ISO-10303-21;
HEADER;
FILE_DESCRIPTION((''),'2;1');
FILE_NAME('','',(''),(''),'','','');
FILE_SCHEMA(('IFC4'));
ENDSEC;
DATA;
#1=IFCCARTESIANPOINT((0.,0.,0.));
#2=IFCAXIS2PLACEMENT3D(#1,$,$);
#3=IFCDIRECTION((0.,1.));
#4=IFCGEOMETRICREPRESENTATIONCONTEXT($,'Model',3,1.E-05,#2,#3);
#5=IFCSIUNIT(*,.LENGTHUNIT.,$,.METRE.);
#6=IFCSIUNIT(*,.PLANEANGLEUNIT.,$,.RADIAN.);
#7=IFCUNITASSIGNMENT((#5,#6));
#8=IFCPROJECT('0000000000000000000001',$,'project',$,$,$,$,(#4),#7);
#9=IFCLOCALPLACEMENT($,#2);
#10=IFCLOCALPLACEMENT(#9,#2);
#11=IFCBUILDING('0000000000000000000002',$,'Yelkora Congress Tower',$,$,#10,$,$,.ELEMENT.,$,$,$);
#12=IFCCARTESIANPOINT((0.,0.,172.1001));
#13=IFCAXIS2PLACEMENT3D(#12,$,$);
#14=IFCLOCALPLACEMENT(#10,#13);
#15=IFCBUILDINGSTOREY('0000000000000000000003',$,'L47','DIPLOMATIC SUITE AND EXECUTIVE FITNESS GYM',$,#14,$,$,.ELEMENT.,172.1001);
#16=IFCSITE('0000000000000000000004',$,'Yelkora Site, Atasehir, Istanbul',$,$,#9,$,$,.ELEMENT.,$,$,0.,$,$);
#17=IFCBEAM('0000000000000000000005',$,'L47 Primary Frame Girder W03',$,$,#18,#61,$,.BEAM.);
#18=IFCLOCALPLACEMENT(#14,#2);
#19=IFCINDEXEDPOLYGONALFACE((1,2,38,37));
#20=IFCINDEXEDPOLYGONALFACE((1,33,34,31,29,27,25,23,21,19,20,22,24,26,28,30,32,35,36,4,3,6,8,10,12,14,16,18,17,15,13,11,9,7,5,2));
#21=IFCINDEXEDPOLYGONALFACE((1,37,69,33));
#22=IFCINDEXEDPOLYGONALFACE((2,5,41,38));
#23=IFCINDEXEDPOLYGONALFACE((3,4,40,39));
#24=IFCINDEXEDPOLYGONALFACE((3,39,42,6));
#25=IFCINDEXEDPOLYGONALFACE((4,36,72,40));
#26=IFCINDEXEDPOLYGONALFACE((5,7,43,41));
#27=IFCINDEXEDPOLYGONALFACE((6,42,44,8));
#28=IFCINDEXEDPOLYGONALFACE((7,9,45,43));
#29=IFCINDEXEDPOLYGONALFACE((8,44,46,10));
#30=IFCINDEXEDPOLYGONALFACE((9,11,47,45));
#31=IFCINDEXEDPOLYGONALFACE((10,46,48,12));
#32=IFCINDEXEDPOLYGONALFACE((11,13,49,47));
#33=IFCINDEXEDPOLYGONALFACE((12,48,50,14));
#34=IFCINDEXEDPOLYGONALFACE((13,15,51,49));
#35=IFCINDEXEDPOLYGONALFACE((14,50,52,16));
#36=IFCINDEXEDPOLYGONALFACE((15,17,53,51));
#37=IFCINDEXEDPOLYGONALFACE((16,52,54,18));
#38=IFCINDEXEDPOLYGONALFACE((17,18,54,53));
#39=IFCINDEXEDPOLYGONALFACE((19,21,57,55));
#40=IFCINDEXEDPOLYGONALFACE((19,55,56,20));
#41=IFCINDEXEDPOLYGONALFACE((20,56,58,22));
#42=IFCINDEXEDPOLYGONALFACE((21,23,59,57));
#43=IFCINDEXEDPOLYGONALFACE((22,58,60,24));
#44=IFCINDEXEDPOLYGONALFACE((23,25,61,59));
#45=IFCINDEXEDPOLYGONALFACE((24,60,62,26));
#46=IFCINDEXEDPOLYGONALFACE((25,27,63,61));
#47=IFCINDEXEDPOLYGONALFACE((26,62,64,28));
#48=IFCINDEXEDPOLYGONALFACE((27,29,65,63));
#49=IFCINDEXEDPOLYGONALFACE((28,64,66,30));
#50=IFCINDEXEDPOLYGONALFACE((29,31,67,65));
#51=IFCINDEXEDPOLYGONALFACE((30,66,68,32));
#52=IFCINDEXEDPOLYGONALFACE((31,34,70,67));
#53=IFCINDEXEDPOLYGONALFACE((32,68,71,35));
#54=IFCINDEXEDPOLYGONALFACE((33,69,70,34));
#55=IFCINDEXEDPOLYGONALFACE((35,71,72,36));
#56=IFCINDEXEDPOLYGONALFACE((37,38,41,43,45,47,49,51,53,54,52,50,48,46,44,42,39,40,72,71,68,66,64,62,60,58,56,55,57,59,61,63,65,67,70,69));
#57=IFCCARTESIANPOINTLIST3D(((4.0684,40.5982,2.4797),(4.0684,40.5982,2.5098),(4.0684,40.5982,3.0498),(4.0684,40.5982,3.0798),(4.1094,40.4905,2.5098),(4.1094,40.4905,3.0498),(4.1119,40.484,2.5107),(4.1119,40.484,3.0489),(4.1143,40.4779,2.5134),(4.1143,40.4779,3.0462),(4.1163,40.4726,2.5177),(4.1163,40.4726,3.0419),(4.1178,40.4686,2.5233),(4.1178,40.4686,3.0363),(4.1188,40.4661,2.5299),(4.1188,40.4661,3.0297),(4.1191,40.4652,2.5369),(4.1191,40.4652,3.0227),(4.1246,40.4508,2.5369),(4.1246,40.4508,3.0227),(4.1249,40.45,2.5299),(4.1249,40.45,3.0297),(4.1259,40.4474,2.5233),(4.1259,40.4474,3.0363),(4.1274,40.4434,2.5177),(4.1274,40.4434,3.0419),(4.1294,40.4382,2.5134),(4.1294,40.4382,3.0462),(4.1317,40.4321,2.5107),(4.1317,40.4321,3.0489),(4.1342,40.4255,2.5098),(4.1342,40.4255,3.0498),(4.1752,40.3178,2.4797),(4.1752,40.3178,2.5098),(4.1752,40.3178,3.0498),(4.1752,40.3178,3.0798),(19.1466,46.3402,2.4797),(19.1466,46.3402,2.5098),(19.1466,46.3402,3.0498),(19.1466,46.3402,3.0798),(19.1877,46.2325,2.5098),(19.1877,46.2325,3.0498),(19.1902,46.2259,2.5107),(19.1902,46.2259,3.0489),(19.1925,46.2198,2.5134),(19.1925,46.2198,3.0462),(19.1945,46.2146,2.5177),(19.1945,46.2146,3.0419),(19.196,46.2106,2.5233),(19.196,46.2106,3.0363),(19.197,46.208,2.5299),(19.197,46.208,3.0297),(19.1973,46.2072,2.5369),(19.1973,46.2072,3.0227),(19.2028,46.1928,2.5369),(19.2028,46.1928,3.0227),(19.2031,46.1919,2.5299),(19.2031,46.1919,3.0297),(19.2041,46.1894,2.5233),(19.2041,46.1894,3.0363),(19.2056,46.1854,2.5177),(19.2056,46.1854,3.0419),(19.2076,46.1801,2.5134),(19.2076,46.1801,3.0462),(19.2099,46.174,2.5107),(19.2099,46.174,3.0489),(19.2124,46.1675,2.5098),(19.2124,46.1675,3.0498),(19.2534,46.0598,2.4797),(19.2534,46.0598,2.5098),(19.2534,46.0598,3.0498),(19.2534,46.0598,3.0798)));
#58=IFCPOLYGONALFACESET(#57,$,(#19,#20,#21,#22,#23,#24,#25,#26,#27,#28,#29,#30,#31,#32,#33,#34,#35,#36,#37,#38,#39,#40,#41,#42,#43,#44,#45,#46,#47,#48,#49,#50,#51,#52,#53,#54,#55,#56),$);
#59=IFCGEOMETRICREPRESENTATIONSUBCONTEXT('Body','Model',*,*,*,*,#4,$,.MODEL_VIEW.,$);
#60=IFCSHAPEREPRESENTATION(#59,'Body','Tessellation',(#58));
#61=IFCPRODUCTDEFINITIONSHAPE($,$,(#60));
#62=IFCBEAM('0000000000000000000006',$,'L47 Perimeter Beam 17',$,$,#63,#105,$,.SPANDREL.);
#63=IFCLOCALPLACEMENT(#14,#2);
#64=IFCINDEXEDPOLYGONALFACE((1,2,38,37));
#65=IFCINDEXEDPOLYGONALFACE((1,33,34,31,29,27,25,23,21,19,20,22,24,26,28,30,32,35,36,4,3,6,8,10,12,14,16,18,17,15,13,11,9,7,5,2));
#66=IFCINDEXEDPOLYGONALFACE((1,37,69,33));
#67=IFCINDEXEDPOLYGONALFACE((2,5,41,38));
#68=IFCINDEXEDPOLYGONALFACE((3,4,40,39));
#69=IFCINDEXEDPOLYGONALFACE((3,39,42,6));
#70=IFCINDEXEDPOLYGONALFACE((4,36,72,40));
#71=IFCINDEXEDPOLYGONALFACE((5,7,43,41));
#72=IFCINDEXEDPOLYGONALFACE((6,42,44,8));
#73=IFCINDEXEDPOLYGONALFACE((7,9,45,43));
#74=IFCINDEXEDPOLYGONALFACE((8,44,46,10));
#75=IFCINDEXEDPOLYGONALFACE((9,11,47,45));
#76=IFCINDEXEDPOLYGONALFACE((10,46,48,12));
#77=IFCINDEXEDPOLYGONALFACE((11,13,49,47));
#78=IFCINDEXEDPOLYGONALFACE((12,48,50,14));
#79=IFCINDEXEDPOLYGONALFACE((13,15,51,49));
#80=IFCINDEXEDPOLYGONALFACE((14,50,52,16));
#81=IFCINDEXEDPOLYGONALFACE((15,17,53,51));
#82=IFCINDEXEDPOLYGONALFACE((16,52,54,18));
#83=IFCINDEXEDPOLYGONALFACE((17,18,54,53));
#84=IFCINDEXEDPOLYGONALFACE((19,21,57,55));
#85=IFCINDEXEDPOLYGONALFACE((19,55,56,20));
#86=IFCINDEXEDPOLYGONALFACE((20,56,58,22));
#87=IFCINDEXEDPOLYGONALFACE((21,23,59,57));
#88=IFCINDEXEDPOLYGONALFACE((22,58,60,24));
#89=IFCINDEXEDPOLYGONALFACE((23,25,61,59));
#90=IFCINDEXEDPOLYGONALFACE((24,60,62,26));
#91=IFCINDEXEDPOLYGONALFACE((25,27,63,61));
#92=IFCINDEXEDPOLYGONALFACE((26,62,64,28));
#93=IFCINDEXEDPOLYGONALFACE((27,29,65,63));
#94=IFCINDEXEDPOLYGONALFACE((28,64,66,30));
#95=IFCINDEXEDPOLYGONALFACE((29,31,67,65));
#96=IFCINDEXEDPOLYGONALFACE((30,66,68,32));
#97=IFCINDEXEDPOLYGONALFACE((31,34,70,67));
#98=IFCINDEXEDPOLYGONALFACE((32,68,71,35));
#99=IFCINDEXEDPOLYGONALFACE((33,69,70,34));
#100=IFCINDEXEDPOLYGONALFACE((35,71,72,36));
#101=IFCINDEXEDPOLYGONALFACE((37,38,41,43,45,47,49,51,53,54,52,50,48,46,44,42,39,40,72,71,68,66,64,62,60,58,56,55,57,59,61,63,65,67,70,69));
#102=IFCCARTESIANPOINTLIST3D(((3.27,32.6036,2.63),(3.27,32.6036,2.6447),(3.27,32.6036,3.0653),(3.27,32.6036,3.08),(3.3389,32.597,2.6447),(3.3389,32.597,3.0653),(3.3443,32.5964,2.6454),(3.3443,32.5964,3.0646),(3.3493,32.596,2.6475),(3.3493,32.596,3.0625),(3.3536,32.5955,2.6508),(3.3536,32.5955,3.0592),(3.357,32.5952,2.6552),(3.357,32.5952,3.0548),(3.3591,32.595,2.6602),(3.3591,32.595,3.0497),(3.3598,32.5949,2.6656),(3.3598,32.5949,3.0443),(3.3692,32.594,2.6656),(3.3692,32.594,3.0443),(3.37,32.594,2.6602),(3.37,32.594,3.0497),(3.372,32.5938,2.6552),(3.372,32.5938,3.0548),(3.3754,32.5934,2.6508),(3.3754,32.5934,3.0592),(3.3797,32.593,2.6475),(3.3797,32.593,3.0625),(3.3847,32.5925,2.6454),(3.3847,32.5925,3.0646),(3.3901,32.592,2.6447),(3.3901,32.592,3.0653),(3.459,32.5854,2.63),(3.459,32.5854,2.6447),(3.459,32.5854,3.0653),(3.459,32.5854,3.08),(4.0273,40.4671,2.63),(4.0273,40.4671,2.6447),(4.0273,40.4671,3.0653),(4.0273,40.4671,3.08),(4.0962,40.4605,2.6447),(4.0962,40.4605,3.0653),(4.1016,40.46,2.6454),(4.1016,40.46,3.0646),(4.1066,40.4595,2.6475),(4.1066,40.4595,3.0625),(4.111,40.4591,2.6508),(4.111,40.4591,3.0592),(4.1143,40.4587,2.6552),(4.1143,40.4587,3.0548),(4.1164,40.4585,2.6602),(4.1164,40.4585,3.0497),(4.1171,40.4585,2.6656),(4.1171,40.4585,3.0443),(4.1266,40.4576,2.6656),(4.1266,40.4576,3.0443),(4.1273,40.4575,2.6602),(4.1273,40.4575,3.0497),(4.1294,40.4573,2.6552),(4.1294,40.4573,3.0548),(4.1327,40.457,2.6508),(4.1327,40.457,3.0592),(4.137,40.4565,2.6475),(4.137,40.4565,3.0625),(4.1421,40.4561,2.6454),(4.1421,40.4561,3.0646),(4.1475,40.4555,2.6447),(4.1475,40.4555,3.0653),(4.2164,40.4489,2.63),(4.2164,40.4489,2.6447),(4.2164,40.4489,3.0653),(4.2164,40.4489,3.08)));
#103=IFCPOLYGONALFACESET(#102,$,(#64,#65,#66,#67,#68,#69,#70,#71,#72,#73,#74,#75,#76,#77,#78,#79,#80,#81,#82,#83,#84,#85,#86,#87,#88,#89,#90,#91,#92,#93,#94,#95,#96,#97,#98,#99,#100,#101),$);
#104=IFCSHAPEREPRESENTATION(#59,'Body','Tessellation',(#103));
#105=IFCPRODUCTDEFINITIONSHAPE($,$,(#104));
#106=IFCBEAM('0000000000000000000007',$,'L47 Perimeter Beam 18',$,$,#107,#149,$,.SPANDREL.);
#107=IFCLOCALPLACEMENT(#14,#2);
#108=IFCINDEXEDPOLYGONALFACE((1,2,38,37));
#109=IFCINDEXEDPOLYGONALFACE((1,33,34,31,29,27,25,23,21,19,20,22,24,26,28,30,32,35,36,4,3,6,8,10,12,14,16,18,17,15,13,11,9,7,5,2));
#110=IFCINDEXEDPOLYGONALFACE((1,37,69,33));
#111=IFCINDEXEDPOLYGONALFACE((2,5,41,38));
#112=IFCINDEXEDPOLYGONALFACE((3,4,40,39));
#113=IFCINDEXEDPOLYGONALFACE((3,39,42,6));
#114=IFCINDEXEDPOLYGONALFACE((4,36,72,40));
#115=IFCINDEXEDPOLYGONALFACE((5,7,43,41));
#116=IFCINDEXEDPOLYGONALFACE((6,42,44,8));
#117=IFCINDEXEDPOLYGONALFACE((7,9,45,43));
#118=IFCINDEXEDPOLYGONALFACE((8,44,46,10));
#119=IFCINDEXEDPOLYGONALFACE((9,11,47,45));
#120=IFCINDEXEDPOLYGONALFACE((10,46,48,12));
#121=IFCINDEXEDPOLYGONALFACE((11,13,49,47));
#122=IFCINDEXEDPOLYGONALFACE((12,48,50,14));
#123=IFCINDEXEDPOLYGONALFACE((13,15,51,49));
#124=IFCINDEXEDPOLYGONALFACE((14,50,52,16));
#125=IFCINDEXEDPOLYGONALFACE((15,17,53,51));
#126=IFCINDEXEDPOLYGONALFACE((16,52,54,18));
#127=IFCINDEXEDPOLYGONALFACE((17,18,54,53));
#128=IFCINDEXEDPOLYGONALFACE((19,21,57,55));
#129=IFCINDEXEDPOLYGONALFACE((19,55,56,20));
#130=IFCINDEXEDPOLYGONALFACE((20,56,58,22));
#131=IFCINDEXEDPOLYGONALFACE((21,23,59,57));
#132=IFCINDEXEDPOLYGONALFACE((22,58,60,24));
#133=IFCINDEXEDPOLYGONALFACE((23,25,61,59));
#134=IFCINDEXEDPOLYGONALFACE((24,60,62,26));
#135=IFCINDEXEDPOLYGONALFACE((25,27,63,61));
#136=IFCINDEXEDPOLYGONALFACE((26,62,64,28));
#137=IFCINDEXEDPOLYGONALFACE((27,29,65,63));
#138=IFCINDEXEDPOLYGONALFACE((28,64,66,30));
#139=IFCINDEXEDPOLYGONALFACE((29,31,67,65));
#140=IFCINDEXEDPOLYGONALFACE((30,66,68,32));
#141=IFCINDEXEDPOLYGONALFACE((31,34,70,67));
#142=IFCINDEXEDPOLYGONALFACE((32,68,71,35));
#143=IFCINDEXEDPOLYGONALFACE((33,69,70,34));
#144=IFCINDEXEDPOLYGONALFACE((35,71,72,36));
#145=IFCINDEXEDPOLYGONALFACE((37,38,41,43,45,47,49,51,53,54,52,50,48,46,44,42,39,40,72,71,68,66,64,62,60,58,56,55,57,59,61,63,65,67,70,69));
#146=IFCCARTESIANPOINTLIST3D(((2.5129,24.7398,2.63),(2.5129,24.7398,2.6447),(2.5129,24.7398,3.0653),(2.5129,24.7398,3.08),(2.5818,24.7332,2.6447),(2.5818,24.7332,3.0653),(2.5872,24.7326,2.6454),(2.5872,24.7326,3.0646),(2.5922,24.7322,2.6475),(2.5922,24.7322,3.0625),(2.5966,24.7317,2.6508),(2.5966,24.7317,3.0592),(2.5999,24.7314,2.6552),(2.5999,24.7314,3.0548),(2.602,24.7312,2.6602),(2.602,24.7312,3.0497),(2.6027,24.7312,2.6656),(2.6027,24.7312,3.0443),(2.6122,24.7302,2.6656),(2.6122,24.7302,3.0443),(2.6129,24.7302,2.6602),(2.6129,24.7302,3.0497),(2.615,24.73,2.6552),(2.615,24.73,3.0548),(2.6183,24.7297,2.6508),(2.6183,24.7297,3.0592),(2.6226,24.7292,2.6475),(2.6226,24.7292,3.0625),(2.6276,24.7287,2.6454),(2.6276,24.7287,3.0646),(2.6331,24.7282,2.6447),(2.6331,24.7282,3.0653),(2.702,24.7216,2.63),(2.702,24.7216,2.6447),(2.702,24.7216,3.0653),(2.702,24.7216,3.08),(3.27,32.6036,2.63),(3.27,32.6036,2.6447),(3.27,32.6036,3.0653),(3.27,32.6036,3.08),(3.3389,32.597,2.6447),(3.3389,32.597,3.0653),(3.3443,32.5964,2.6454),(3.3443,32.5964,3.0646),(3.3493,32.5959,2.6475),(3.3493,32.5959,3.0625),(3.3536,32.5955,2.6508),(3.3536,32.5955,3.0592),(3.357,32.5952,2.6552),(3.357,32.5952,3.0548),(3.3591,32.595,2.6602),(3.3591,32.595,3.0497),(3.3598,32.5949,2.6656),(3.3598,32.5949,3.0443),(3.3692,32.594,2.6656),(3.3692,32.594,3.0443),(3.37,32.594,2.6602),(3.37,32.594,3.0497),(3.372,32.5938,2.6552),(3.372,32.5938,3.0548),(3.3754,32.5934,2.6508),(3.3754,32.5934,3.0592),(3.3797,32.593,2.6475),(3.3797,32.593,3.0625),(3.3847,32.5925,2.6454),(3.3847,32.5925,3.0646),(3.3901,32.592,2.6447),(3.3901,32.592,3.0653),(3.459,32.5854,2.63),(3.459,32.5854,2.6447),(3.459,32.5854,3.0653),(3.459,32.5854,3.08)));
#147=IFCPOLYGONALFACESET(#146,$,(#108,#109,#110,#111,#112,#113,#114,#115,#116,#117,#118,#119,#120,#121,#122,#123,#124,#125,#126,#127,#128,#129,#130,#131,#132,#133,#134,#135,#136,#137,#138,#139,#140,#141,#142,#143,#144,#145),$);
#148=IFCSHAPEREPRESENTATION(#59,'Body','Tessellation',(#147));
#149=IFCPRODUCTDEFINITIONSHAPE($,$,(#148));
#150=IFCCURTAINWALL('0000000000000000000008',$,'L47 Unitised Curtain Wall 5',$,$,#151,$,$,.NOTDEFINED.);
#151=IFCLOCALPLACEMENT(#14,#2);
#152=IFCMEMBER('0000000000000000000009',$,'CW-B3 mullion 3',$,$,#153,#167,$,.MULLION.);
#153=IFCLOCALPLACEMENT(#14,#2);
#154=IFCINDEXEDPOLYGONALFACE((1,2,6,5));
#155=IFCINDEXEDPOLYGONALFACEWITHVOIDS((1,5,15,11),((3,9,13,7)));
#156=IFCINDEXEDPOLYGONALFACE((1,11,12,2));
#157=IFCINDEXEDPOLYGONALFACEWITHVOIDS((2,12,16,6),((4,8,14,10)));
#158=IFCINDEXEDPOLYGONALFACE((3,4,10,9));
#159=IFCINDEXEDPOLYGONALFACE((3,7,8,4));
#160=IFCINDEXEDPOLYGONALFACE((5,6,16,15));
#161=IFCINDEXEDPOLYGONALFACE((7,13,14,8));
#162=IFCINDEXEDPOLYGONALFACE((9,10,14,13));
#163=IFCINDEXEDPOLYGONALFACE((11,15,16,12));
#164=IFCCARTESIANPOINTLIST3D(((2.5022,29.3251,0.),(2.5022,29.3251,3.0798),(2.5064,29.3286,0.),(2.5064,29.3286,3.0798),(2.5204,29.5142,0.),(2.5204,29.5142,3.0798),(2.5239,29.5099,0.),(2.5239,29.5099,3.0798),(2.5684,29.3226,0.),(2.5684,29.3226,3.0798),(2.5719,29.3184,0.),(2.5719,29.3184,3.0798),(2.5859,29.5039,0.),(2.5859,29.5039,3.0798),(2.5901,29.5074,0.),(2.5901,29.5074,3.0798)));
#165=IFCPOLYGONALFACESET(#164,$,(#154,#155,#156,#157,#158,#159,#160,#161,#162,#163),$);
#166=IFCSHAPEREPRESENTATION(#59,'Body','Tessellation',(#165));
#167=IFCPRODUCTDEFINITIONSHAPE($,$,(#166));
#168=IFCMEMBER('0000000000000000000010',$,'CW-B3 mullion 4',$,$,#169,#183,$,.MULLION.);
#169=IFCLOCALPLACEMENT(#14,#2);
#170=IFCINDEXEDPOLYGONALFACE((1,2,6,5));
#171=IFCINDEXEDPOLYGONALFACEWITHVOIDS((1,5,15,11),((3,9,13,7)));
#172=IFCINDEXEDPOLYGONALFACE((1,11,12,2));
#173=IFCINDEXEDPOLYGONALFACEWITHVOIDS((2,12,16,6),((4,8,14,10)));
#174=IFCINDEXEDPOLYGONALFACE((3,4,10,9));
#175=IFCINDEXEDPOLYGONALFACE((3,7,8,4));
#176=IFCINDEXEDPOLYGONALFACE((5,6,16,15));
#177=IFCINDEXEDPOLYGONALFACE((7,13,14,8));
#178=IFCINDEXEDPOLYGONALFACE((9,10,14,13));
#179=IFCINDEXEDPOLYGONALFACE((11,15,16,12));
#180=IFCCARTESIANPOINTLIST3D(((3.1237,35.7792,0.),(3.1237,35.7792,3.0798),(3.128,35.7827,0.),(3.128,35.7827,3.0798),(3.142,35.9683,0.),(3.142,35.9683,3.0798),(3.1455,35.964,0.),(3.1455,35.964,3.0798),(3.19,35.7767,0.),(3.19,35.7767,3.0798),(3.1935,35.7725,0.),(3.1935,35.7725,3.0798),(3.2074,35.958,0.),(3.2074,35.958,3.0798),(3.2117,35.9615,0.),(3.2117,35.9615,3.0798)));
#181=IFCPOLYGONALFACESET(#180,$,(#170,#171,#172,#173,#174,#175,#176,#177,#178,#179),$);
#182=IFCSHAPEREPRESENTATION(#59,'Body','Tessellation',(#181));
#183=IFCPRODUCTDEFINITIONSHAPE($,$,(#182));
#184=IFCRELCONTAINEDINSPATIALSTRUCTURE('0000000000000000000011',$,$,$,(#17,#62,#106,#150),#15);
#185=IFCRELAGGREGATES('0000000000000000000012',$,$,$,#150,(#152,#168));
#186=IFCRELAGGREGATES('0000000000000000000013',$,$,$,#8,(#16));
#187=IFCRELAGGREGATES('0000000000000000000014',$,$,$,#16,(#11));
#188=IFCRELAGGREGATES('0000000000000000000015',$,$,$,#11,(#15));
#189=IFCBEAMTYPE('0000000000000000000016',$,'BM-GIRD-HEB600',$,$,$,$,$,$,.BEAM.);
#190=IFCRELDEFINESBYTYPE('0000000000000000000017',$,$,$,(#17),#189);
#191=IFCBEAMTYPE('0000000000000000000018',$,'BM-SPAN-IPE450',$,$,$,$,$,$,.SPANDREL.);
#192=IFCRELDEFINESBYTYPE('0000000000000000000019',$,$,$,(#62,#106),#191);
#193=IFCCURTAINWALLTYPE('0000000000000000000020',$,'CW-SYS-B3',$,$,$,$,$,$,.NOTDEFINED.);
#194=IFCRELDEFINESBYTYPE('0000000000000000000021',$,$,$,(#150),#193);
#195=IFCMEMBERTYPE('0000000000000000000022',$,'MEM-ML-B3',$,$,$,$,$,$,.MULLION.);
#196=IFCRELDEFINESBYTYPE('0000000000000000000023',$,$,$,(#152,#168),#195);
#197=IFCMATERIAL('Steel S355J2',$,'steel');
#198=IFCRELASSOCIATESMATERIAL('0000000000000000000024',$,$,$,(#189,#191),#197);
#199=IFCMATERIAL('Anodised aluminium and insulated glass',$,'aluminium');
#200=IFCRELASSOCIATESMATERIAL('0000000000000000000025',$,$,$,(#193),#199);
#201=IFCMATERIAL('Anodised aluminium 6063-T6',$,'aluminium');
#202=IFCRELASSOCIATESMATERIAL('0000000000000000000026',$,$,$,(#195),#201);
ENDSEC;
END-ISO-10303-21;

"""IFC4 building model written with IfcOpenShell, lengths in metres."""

from ifc_helpers import new_model, si_unit, direction, frame, origin, origin_2d, place, context, subcontext, project, spatial, hollow_rectangle, i_section, extrude, material, material_profile, profile_set, type_object, element, aggregate, save


model = new_model("IFC4")

# Units and contexts
model_context = context("Model", 3, precision=1e-05, world=origin(), true_north=direction((0.0, 1.0)))
body_context = subcontext(model_context, "Body", "Model", "MODEL_VIEW")
ifc_project = project(units=[si_unit("LENGTHUNIT", "METRE"), si_unit("PLANEANGLEUNIT", "RADIAN")], contexts=[model_context])

# Site, building, storey
site_placement = place(None, origin())
site = spatial("IfcSite", under=ifc_project, at=site_placement, Name="Yelkora Site, Atasehir, Istanbul", CompositionType="ELEMENT", RefElevation=0.0)
building_placement = place(site_placement, origin())
building = spatial("IfcBuilding", under=site, at=building_placement, Name="Yelkora Congress Tower", CompositionType="ELEMENT")
storey_placement = place(building_placement, frame((0.0, 0.0, 172.1001)))
storey = spatial("IfcBuildingStorey", under=building, at=storey_placement, Name="L47", Description="DIPLOMATIC SUITE AND EXECUTIVE FITNESS GYM", CompositionType="ELEMENT", Elevation=172.1001)

# Beams
ifc_material_1 = material(Name="Steel S355J2", Category="steel")
ifc_material_profile_1 = material_profile(ifc_material_1, i_section(OverallWidth=0.3, OverallDepth=0.6001, WebThickness=0.0154, FlangeThickness=0.03, FilletRadius=0.0271, at=origin_2d()), Name="HEB 600")
ifc_profile_set_1 = profile_set([ifc_material_profile_1], Name="Steel S355J2")
beam_type_1 = type_object("IfcBeamType", Name="BM-GIRD-HEB600", PredefinedType="BEAM", material=ifc_profile_set_1)
beam_1_placement = place(storey_placement, frame((4.1218, 40.458, 2.7798), z_axis=(0.934531, 0.355881, 0.0), x_axis=(-0.355881, 0.934531, 0.0)))
element("IfcBeam", 1, at=beam_1_placement, inside=storey, type_object=beam_type_1, Name="L47 Primary Frame Girder W03", PredefinedType="BEAM", context=body_context, shape_type="SweptSolid", body=[
    extrude(i_section(OverallWidth=0.3, OverallDepth=0.6001, WebThickness=0.0154, FlangeThickness=0.03, FilletRadius=0.0271, at=origin_2d()), origin(), (0.0, 0.0, 1.0), 16.1345),
])
ifc_material_profile_2 = material_profile(ifc_material_1, i_section(OverallWidth=0.1899, OverallDepth=0.45, WebThickness=0.0095, FlangeThickness=0.0146, FilletRadius=0.021, at=origin_2d()), Name="IPE 450")
ifc_profile_set_2 = profile_set([ifc_material_profile_2], Name="Steel S355J2")
beam_type_2 = type_object("IfcBeamType", Name="BM-SPAN-IPE450", PredefinedType="SPANDREL", material=ifc_profile_set_2)
beam_2_placement = place(storey_placement, frame((4.1218, 40.458, 2.855), z_axis=(-0.095865, -0.995394, 0.0), x_axis=(0.995394, -0.095865, 0.0)))
element("IfcBeam", 2, at=beam_2_placement, inside=storey, type_object=beam_type_2, Name="L47 Perimeter Beam 17", PredefinedType="SPANDREL", context=body_context, shape_type="SweptSolid", body=[
    extrude(i_section(OverallWidth=0.1899, OverallDepth=0.45, WebThickness=0.0095, FlangeThickness=0.0146, FilletRadius=0.021, at=origin_2d()), origin(), (0.0, 0.0, 1.0), 7.8999),
])
beam_3_placement = place(storey_placement, frame((3.3645, 32.5945, 2.855), z_axis=(-0.095831, -0.995398, 0.0), x_axis=(0.995398, -0.095831, 0.0)))
element("IfcBeam", 3, at=beam_3_placement, inside=storey, type_object=beam_type_2, Name="L47 Perimeter Beam 18", PredefinedType="SPANDREL", context=body_context, shape_type="SweptSolid", body=[
    extrude(i_section(OverallWidth=0.1899, OverallDepth=0.45, WebThickness=0.0095, FlangeThickness=0.0146, FilletRadius=0.021, at=origin_2d()), origin(), (0.0, 0.0, 1.0), 7.9001),
])

# Curtain wall, members
ifc_material_2 = material(Name="Anodised aluminium and insulated glass", Category="aluminium")
curtain_wall_type = type_object("IfcCurtainWallType", Name="CW-SYS-B3", PredefinedType="NOTDEFINED", material=ifc_material_2)
curtain_wall_placement = place(storey_placement, origin())
curtain_wall = element("IfcCurtainWall", 4, at=curtain_wall_placement, inside=storey, type_object=curtain_wall_type, Name="L47 Unitised Curtain Wall 5", PredefinedType="NOTDEFINED")
ifc_material_3 = material(Name="Anodised aluminium 6063-T6", Category="aluminium")
ifc_material_profile_3 = material_profile(ifc_material_3, hollow_rectangle(XDim=0.0701, YDim=0.1899, WallThickness=0.0039, at=origin_2d()), Name="ALU 70x190x4")
ifc_profile_set_3 = profile_set([ifc_material_profile_3], Name="Anodised aluminium 6063-T6")
member_type_1 = type_object("IfcMemberType", Name="MEM-ML-B3", PredefinedType="MULLION", material=ifc_profile_set_3)
member_1_placement = place(storey_placement, frame((2.5461, 29.4163, 0.0), z_axis=(0.0, 0.0, 1.0), x_axis=(-0.995396, 0.095845, 0.0)))
member_1 = element("IfcMember", 5, at=member_1_placement, type_object=member_type_1, Name="CW-B3 mullion 3", PredefinedType="MULLION", context=body_context, shape_type="SweptSolid", body=[
    extrude(hollow_rectangle(XDim=0.0701, YDim=0.1899, WallThickness=0.0039, at=origin_2d()), origin(), (0.0, 0.0, 1.0), 3.0798),
])
member_2_placement = place(storey_placement, frame((3.1677, 35.8704, 0.0), z_axis=(0.0, 0.0, 1.0), x_axis=(-0.995396, 0.095845, 0.0)))
member_2 = element("IfcMember", 6, at=member_2_placement, type_object=member_type_1, Name="CW-B3 mullion 4", PredefinedType="MULLION", context=body_context, shape_type="SweptSolid", body=[
    extrude(hollow_rectangle(XDim=0.0701, YDim=0.1899, WallThickness=0.0039, at=origin_2d()), origin(), (0.0, 0.0, 1.0), 3.0798),
])
aggregate(curtain_wall, [member_1, member_2])

save(model, "model.ifc")
